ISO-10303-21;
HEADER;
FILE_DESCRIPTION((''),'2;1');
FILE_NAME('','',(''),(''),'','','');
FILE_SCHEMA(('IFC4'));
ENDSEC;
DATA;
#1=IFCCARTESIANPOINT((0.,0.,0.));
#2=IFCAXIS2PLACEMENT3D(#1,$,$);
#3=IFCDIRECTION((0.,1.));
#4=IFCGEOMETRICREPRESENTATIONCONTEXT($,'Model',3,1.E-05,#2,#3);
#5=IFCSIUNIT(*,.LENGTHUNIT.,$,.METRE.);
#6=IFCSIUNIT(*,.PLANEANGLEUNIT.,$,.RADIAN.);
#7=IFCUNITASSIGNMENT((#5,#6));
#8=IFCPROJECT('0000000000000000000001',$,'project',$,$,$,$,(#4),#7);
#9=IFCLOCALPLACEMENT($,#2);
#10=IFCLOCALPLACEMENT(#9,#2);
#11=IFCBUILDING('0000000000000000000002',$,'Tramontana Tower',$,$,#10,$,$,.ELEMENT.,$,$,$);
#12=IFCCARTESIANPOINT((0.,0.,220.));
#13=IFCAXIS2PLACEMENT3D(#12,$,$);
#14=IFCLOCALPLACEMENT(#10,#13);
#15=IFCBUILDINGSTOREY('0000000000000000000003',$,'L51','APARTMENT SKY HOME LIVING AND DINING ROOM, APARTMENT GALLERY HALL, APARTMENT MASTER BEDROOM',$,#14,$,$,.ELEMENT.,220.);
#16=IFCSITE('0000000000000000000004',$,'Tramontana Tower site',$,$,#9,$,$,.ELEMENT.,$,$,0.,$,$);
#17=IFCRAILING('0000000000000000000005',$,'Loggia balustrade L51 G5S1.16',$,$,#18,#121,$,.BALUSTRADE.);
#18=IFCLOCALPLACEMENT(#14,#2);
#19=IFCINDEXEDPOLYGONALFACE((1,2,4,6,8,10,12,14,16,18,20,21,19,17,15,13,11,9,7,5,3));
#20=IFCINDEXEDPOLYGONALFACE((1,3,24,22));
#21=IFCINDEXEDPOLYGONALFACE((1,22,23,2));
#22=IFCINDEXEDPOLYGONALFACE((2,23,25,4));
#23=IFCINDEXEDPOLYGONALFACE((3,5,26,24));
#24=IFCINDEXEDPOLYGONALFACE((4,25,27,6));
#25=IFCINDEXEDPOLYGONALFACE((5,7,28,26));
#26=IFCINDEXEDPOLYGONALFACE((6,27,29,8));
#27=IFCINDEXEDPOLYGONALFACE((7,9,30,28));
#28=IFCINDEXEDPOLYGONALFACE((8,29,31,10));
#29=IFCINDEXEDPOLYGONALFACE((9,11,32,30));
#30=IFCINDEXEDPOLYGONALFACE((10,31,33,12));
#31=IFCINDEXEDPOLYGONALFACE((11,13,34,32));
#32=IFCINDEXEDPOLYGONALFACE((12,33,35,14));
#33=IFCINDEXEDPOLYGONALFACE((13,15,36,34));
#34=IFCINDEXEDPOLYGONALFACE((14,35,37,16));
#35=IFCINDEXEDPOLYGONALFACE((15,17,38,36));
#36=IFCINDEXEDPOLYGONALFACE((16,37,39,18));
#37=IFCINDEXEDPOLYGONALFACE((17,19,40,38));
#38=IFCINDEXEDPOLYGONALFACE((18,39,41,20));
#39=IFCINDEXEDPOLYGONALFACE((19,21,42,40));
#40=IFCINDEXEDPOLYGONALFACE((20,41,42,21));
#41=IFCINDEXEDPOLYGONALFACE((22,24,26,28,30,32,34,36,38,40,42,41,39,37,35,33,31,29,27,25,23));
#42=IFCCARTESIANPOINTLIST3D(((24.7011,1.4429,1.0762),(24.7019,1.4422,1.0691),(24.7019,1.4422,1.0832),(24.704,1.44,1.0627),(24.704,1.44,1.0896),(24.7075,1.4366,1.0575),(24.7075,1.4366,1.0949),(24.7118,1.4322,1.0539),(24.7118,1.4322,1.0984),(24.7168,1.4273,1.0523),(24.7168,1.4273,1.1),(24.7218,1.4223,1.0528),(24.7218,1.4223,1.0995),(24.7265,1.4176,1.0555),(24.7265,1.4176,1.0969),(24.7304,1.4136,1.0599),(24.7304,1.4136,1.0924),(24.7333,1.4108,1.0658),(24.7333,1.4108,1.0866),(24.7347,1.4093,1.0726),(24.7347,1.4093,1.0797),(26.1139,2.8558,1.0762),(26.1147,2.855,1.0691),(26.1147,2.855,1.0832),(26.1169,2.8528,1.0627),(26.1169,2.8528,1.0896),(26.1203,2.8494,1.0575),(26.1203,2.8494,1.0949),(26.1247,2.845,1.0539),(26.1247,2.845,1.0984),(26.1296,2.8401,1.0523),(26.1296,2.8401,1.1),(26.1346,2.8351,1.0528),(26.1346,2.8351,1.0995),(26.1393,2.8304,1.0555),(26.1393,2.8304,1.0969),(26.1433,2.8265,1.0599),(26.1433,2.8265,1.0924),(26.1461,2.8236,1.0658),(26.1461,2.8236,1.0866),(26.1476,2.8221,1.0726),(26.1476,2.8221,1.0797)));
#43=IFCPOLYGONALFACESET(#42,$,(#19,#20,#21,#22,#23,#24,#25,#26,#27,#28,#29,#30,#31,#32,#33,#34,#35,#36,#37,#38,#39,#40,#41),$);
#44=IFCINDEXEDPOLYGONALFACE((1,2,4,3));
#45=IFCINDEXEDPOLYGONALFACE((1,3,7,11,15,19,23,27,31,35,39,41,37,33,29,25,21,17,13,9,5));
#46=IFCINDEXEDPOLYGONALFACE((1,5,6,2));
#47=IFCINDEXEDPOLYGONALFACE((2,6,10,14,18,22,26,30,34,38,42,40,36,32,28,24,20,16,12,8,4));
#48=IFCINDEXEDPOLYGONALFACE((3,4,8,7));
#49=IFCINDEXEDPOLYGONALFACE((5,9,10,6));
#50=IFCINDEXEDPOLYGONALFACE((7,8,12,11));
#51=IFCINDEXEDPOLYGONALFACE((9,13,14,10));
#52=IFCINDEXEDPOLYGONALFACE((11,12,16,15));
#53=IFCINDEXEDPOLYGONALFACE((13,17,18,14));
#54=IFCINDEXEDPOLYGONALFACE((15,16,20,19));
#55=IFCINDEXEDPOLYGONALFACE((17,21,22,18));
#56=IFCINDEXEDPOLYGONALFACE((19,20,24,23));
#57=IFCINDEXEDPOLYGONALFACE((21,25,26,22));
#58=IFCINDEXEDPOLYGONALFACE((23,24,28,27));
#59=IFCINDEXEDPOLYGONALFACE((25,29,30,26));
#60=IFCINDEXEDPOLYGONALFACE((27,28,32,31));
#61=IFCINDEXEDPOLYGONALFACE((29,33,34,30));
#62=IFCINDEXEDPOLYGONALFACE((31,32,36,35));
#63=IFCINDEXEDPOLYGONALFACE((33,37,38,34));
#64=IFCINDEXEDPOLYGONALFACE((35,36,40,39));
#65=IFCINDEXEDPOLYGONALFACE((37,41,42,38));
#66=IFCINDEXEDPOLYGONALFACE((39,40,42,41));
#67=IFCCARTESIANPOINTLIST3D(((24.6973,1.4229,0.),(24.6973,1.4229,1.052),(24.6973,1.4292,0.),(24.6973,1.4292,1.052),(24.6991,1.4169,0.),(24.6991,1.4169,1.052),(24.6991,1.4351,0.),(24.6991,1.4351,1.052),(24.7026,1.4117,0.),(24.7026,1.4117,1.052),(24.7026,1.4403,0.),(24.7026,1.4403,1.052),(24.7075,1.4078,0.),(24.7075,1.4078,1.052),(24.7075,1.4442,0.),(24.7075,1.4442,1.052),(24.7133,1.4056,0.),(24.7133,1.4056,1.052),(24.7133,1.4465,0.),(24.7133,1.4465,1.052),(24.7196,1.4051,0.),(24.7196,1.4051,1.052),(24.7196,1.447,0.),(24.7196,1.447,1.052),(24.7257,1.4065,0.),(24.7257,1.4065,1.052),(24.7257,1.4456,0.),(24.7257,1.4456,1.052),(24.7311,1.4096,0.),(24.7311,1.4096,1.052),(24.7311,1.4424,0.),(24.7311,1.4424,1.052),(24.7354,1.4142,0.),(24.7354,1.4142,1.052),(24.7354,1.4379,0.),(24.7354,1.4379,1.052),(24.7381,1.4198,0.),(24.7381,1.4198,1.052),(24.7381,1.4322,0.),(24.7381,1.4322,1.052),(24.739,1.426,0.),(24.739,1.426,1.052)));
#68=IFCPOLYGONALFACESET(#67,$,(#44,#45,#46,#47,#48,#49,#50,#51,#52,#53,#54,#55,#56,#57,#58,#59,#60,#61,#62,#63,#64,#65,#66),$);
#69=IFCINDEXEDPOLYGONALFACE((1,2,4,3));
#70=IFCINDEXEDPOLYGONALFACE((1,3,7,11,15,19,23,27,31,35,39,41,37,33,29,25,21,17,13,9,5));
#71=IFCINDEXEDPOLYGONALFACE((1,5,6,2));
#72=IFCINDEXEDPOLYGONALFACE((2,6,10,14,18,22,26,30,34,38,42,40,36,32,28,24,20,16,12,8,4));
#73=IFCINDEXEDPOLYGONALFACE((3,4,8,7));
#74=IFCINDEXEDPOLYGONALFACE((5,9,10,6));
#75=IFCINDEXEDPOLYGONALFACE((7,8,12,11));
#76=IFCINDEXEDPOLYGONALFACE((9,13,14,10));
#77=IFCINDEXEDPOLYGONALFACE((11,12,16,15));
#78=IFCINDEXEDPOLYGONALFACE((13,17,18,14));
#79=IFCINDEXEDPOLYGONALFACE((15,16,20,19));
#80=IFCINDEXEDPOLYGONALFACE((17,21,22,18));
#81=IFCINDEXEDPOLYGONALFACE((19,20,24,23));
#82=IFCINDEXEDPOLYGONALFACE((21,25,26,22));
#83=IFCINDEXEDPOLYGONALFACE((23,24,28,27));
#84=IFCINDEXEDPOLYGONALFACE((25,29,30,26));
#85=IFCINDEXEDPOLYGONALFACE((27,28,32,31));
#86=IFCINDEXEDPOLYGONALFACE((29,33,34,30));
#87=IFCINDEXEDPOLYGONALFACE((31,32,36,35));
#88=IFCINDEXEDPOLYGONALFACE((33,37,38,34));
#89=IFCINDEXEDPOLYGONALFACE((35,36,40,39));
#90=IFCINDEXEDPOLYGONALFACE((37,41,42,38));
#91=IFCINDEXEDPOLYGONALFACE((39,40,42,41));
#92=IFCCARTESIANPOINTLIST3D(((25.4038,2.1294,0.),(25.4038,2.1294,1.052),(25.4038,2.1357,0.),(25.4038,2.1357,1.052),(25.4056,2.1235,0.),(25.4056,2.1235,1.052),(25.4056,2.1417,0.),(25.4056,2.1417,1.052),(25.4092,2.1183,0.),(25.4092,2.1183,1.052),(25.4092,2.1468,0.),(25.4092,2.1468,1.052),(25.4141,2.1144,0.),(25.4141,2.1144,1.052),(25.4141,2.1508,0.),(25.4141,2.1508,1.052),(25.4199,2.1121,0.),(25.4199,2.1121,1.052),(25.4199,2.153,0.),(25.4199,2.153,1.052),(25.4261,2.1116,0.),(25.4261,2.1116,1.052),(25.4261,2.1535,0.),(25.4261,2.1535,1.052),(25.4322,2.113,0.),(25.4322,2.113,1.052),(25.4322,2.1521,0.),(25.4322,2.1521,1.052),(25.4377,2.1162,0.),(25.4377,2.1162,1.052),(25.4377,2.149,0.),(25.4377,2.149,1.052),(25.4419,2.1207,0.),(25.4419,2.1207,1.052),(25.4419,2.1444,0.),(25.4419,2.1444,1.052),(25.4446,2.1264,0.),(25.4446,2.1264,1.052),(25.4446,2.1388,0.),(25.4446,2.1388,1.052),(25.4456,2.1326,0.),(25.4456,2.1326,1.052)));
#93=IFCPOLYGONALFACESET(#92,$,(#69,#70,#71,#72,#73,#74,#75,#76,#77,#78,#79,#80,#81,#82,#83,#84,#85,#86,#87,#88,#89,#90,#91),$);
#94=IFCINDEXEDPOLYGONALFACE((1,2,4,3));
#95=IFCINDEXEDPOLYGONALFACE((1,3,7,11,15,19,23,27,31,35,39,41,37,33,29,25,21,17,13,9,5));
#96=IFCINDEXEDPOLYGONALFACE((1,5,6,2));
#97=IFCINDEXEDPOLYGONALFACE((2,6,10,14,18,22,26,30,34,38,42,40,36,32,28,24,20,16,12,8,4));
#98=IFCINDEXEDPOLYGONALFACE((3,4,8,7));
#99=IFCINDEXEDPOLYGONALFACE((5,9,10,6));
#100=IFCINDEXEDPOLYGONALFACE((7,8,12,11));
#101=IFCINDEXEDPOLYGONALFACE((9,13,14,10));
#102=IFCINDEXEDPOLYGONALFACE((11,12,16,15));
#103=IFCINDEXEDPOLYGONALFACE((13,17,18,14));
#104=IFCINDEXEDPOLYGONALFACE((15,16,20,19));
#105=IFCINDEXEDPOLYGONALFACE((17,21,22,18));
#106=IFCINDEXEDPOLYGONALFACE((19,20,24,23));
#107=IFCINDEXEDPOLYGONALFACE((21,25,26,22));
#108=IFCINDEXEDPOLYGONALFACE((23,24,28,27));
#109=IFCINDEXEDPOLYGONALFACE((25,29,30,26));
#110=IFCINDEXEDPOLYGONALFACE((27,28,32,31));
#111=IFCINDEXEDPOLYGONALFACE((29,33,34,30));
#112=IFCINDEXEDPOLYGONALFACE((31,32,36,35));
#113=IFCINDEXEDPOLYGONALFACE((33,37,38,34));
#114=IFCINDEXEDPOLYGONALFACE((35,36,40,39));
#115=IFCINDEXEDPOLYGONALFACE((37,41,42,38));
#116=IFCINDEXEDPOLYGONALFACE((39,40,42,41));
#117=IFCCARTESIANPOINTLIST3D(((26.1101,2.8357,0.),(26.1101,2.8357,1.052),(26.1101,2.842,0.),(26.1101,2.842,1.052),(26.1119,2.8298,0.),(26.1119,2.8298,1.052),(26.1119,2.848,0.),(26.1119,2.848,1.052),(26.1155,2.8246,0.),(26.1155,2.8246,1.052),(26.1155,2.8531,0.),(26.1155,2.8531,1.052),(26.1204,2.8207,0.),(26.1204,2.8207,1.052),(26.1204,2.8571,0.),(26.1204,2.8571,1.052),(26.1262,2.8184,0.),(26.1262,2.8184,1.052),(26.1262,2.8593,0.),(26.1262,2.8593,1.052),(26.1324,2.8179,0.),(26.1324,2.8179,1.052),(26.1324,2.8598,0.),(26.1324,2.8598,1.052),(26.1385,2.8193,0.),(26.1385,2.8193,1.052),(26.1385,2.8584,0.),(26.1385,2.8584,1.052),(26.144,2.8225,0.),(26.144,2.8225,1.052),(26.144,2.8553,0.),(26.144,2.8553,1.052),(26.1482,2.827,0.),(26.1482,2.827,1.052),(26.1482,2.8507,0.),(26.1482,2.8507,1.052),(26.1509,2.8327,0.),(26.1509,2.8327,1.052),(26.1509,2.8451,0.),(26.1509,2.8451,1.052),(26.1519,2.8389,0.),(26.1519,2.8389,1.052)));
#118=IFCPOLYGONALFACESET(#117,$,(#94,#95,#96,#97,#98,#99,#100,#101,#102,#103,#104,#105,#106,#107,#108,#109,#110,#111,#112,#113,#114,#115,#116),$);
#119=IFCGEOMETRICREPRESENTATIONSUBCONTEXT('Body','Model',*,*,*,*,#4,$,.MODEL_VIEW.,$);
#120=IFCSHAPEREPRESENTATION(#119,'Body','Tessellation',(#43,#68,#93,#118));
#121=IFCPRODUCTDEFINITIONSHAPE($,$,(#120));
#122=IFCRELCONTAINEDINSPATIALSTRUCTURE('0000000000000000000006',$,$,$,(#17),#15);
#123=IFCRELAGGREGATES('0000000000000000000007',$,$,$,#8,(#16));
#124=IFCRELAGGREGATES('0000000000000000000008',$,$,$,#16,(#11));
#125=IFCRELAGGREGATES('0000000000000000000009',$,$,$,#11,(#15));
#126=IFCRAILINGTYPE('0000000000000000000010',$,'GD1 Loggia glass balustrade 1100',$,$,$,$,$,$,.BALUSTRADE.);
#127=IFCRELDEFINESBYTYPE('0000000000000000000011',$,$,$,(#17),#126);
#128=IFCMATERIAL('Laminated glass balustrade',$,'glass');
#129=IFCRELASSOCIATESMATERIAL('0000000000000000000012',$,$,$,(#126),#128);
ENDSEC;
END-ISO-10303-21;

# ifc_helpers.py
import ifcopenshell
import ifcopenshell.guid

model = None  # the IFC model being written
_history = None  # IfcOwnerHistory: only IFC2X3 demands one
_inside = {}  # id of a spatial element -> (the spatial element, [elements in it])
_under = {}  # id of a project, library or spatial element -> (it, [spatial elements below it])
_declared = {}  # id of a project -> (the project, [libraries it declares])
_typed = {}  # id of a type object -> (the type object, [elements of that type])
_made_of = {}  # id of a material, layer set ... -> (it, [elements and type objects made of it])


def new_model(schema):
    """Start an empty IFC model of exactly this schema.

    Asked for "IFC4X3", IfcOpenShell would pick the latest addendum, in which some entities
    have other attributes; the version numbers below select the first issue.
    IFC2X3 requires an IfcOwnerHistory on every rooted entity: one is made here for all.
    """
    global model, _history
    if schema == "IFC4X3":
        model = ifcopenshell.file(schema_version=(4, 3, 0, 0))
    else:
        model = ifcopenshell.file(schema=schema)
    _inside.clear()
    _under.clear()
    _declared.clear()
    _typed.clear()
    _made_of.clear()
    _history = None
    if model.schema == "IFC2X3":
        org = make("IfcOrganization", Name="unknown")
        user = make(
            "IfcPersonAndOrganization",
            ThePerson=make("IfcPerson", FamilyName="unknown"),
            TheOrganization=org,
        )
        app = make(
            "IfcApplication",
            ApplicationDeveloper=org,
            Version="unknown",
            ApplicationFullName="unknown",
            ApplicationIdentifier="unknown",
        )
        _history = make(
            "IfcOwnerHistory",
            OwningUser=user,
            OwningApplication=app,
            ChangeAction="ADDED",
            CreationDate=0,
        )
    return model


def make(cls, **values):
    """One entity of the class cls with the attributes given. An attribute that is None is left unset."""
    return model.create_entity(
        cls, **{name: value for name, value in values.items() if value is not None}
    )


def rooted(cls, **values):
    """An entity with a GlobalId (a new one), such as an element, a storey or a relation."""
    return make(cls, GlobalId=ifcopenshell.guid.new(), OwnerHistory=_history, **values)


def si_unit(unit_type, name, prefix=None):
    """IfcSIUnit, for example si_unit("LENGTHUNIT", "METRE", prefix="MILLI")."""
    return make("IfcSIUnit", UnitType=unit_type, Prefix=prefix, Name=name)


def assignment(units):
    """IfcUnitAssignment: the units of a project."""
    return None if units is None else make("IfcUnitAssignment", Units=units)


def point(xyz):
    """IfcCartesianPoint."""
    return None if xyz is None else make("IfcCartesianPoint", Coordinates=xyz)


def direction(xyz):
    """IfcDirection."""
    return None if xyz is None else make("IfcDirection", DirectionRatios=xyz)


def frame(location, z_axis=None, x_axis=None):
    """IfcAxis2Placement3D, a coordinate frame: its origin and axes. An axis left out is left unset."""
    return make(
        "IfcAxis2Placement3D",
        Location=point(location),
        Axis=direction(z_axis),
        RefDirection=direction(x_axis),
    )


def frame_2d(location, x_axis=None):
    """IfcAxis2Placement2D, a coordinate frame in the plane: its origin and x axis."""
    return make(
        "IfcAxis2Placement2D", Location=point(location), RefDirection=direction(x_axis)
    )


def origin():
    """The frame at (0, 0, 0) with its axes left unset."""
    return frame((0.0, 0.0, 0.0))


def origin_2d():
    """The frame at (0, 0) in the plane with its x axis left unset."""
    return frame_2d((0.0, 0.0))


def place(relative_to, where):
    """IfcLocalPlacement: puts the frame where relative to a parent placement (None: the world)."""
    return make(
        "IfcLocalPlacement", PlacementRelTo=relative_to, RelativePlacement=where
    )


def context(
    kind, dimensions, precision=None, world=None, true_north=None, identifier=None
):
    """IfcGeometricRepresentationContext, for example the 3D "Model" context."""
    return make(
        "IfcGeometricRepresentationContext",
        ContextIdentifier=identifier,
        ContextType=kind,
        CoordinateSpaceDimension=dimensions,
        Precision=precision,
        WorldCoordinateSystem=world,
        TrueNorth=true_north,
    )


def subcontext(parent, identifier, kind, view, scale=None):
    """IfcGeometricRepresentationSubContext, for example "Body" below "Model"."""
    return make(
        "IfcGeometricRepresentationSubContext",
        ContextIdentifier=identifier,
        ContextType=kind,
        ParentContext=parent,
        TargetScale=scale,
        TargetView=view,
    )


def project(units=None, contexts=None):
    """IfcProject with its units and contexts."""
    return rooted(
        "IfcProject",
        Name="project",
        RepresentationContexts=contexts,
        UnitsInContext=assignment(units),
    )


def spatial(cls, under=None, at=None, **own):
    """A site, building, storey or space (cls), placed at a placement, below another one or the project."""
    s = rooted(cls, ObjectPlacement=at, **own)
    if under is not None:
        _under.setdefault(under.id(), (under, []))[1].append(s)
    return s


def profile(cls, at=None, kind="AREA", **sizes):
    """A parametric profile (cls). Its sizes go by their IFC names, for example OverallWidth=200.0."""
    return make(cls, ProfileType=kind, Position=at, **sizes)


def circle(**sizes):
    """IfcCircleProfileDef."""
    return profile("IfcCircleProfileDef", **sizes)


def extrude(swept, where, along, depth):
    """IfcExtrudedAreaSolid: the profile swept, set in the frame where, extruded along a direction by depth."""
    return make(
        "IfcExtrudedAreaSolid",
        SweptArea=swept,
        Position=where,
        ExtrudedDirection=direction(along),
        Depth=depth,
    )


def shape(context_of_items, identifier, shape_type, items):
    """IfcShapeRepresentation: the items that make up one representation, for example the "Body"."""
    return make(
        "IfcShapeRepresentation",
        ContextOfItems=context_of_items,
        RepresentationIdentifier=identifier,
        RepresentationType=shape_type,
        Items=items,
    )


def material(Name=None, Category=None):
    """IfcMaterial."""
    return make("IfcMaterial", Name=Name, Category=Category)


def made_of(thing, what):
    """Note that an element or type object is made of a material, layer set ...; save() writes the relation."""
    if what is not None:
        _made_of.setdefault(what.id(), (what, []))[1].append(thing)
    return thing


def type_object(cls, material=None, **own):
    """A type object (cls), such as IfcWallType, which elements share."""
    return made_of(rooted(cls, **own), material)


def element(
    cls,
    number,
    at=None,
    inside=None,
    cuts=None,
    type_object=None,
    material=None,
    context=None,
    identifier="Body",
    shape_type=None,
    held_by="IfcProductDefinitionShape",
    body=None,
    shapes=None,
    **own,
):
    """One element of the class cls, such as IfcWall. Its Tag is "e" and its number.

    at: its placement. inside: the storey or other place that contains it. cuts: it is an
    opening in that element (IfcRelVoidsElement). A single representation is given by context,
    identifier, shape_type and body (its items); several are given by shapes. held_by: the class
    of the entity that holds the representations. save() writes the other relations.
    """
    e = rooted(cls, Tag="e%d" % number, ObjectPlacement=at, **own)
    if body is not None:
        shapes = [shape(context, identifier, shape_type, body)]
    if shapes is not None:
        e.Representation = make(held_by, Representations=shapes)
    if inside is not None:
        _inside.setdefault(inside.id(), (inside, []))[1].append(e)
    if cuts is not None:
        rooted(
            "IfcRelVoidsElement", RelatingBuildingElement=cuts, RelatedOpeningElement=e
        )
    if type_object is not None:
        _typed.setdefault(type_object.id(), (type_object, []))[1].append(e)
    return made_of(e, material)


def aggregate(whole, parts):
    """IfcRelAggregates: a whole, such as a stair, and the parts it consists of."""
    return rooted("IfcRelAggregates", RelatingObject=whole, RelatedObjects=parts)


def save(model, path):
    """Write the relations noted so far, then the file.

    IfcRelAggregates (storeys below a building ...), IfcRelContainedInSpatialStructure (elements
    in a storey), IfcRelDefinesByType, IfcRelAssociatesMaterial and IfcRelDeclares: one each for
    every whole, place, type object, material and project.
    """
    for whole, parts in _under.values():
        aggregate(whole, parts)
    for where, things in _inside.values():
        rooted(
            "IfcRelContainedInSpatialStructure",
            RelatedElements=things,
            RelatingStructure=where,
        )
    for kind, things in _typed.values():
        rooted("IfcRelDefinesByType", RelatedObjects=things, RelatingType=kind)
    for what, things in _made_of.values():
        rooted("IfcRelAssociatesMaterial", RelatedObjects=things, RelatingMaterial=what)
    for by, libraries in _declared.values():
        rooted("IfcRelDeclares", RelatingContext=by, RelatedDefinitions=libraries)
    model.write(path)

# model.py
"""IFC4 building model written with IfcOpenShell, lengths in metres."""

from ifc_helpers import new_model, si_unit, direction, frame, origin, origin_2d, place, context, subcontext, project, spatial, circle, extrude, material, type_object, element, save


model = new_model("IFC4")

# Units and contexts
model_context = context("Model", 3, precision=1e-05, world=origin(), true_north=direction((0.0, 1.0)))
body_context = subcontext(model_context, "Body", "Model", "MODEL_VIEW")
ifc_project = project(units=[si_unit("LENGTHUNIT", "METRE"), si_unit("PLANEANGLEUNIT", "RADIAN")], contexts=[model_context])

# Site, building, storey
site_placement = place(None, origin())
site = spatial("IfcSite", under=ifc_project, at=site_placement, Name="Tramontana Tower site", CompositionType="ELEMENT", RefElevation=0.0)
building_placement = place(site_placement, origin())
building = spatial("IfcBuilding", under=site, at=building_placement, Name="Tramontana Tower", CompositionType="ELEMENT")
storey_placement = place(building_placement, frame((0.0, 0.0, 220.0)))
storey = spatial("IfcBuildingStorey", under=building, at=storey_placement, Name="L51", Description="APARTMENT SKY HOME LIVING AND DINING ROOM, APARTMENT GALLERY HALL, APARTMENT MASTER BEDROOM", CompositionType="ELEMENT", Elevation=220.0)

# Railing
ifc_material_1 = material(Name="Laminated glass balustrade", Category="glass")
railing_type = type_object("IfcRailingType", Name="GD1 Loggia glass balustrade 1100", PredefinedType="BALUSTRADE", material=ifc_material_1)
railing_1_placement = place(storey_placement, frame((24.718, 1.426, 0.0)))
element("IfcRailing", 1, at=railing_1_placement, inside=storey, type_object=railing_type, Name="Loggia balustrade L51 G5S1.16", PredefinedType="BALUSTRADE", context=body_context, shape_type="SweptSolid", body=[
    extrude(circle(Radius=0.0239, at=origin_2d()), frame((0.0, 0.0, 1.0762), z_axis=(0.707107, 0.707107, 0.0), x_axis=(-0.707107, 0.707107, 0.0)), (0.0, 0.0, 1.0), 1.998),
    extrude(circle(Radius=0.021, at=origin_2d()), origin(), (0.0, 0.0, 1.0), 1.052),
    extrude(circle(Radius=0.021, at=origin_2d()), frame((0.7065, 0.7065, 0.0)), (0.0, 0.0, 1.0), 1.052),
    extrude(circle(Radius=0.021, at=origin_2d()), frame((1.4128, 1.4128, 0.0)), (0.0, 0.0, 1.0), 1.052),
])

save(model, "model.ifc")
